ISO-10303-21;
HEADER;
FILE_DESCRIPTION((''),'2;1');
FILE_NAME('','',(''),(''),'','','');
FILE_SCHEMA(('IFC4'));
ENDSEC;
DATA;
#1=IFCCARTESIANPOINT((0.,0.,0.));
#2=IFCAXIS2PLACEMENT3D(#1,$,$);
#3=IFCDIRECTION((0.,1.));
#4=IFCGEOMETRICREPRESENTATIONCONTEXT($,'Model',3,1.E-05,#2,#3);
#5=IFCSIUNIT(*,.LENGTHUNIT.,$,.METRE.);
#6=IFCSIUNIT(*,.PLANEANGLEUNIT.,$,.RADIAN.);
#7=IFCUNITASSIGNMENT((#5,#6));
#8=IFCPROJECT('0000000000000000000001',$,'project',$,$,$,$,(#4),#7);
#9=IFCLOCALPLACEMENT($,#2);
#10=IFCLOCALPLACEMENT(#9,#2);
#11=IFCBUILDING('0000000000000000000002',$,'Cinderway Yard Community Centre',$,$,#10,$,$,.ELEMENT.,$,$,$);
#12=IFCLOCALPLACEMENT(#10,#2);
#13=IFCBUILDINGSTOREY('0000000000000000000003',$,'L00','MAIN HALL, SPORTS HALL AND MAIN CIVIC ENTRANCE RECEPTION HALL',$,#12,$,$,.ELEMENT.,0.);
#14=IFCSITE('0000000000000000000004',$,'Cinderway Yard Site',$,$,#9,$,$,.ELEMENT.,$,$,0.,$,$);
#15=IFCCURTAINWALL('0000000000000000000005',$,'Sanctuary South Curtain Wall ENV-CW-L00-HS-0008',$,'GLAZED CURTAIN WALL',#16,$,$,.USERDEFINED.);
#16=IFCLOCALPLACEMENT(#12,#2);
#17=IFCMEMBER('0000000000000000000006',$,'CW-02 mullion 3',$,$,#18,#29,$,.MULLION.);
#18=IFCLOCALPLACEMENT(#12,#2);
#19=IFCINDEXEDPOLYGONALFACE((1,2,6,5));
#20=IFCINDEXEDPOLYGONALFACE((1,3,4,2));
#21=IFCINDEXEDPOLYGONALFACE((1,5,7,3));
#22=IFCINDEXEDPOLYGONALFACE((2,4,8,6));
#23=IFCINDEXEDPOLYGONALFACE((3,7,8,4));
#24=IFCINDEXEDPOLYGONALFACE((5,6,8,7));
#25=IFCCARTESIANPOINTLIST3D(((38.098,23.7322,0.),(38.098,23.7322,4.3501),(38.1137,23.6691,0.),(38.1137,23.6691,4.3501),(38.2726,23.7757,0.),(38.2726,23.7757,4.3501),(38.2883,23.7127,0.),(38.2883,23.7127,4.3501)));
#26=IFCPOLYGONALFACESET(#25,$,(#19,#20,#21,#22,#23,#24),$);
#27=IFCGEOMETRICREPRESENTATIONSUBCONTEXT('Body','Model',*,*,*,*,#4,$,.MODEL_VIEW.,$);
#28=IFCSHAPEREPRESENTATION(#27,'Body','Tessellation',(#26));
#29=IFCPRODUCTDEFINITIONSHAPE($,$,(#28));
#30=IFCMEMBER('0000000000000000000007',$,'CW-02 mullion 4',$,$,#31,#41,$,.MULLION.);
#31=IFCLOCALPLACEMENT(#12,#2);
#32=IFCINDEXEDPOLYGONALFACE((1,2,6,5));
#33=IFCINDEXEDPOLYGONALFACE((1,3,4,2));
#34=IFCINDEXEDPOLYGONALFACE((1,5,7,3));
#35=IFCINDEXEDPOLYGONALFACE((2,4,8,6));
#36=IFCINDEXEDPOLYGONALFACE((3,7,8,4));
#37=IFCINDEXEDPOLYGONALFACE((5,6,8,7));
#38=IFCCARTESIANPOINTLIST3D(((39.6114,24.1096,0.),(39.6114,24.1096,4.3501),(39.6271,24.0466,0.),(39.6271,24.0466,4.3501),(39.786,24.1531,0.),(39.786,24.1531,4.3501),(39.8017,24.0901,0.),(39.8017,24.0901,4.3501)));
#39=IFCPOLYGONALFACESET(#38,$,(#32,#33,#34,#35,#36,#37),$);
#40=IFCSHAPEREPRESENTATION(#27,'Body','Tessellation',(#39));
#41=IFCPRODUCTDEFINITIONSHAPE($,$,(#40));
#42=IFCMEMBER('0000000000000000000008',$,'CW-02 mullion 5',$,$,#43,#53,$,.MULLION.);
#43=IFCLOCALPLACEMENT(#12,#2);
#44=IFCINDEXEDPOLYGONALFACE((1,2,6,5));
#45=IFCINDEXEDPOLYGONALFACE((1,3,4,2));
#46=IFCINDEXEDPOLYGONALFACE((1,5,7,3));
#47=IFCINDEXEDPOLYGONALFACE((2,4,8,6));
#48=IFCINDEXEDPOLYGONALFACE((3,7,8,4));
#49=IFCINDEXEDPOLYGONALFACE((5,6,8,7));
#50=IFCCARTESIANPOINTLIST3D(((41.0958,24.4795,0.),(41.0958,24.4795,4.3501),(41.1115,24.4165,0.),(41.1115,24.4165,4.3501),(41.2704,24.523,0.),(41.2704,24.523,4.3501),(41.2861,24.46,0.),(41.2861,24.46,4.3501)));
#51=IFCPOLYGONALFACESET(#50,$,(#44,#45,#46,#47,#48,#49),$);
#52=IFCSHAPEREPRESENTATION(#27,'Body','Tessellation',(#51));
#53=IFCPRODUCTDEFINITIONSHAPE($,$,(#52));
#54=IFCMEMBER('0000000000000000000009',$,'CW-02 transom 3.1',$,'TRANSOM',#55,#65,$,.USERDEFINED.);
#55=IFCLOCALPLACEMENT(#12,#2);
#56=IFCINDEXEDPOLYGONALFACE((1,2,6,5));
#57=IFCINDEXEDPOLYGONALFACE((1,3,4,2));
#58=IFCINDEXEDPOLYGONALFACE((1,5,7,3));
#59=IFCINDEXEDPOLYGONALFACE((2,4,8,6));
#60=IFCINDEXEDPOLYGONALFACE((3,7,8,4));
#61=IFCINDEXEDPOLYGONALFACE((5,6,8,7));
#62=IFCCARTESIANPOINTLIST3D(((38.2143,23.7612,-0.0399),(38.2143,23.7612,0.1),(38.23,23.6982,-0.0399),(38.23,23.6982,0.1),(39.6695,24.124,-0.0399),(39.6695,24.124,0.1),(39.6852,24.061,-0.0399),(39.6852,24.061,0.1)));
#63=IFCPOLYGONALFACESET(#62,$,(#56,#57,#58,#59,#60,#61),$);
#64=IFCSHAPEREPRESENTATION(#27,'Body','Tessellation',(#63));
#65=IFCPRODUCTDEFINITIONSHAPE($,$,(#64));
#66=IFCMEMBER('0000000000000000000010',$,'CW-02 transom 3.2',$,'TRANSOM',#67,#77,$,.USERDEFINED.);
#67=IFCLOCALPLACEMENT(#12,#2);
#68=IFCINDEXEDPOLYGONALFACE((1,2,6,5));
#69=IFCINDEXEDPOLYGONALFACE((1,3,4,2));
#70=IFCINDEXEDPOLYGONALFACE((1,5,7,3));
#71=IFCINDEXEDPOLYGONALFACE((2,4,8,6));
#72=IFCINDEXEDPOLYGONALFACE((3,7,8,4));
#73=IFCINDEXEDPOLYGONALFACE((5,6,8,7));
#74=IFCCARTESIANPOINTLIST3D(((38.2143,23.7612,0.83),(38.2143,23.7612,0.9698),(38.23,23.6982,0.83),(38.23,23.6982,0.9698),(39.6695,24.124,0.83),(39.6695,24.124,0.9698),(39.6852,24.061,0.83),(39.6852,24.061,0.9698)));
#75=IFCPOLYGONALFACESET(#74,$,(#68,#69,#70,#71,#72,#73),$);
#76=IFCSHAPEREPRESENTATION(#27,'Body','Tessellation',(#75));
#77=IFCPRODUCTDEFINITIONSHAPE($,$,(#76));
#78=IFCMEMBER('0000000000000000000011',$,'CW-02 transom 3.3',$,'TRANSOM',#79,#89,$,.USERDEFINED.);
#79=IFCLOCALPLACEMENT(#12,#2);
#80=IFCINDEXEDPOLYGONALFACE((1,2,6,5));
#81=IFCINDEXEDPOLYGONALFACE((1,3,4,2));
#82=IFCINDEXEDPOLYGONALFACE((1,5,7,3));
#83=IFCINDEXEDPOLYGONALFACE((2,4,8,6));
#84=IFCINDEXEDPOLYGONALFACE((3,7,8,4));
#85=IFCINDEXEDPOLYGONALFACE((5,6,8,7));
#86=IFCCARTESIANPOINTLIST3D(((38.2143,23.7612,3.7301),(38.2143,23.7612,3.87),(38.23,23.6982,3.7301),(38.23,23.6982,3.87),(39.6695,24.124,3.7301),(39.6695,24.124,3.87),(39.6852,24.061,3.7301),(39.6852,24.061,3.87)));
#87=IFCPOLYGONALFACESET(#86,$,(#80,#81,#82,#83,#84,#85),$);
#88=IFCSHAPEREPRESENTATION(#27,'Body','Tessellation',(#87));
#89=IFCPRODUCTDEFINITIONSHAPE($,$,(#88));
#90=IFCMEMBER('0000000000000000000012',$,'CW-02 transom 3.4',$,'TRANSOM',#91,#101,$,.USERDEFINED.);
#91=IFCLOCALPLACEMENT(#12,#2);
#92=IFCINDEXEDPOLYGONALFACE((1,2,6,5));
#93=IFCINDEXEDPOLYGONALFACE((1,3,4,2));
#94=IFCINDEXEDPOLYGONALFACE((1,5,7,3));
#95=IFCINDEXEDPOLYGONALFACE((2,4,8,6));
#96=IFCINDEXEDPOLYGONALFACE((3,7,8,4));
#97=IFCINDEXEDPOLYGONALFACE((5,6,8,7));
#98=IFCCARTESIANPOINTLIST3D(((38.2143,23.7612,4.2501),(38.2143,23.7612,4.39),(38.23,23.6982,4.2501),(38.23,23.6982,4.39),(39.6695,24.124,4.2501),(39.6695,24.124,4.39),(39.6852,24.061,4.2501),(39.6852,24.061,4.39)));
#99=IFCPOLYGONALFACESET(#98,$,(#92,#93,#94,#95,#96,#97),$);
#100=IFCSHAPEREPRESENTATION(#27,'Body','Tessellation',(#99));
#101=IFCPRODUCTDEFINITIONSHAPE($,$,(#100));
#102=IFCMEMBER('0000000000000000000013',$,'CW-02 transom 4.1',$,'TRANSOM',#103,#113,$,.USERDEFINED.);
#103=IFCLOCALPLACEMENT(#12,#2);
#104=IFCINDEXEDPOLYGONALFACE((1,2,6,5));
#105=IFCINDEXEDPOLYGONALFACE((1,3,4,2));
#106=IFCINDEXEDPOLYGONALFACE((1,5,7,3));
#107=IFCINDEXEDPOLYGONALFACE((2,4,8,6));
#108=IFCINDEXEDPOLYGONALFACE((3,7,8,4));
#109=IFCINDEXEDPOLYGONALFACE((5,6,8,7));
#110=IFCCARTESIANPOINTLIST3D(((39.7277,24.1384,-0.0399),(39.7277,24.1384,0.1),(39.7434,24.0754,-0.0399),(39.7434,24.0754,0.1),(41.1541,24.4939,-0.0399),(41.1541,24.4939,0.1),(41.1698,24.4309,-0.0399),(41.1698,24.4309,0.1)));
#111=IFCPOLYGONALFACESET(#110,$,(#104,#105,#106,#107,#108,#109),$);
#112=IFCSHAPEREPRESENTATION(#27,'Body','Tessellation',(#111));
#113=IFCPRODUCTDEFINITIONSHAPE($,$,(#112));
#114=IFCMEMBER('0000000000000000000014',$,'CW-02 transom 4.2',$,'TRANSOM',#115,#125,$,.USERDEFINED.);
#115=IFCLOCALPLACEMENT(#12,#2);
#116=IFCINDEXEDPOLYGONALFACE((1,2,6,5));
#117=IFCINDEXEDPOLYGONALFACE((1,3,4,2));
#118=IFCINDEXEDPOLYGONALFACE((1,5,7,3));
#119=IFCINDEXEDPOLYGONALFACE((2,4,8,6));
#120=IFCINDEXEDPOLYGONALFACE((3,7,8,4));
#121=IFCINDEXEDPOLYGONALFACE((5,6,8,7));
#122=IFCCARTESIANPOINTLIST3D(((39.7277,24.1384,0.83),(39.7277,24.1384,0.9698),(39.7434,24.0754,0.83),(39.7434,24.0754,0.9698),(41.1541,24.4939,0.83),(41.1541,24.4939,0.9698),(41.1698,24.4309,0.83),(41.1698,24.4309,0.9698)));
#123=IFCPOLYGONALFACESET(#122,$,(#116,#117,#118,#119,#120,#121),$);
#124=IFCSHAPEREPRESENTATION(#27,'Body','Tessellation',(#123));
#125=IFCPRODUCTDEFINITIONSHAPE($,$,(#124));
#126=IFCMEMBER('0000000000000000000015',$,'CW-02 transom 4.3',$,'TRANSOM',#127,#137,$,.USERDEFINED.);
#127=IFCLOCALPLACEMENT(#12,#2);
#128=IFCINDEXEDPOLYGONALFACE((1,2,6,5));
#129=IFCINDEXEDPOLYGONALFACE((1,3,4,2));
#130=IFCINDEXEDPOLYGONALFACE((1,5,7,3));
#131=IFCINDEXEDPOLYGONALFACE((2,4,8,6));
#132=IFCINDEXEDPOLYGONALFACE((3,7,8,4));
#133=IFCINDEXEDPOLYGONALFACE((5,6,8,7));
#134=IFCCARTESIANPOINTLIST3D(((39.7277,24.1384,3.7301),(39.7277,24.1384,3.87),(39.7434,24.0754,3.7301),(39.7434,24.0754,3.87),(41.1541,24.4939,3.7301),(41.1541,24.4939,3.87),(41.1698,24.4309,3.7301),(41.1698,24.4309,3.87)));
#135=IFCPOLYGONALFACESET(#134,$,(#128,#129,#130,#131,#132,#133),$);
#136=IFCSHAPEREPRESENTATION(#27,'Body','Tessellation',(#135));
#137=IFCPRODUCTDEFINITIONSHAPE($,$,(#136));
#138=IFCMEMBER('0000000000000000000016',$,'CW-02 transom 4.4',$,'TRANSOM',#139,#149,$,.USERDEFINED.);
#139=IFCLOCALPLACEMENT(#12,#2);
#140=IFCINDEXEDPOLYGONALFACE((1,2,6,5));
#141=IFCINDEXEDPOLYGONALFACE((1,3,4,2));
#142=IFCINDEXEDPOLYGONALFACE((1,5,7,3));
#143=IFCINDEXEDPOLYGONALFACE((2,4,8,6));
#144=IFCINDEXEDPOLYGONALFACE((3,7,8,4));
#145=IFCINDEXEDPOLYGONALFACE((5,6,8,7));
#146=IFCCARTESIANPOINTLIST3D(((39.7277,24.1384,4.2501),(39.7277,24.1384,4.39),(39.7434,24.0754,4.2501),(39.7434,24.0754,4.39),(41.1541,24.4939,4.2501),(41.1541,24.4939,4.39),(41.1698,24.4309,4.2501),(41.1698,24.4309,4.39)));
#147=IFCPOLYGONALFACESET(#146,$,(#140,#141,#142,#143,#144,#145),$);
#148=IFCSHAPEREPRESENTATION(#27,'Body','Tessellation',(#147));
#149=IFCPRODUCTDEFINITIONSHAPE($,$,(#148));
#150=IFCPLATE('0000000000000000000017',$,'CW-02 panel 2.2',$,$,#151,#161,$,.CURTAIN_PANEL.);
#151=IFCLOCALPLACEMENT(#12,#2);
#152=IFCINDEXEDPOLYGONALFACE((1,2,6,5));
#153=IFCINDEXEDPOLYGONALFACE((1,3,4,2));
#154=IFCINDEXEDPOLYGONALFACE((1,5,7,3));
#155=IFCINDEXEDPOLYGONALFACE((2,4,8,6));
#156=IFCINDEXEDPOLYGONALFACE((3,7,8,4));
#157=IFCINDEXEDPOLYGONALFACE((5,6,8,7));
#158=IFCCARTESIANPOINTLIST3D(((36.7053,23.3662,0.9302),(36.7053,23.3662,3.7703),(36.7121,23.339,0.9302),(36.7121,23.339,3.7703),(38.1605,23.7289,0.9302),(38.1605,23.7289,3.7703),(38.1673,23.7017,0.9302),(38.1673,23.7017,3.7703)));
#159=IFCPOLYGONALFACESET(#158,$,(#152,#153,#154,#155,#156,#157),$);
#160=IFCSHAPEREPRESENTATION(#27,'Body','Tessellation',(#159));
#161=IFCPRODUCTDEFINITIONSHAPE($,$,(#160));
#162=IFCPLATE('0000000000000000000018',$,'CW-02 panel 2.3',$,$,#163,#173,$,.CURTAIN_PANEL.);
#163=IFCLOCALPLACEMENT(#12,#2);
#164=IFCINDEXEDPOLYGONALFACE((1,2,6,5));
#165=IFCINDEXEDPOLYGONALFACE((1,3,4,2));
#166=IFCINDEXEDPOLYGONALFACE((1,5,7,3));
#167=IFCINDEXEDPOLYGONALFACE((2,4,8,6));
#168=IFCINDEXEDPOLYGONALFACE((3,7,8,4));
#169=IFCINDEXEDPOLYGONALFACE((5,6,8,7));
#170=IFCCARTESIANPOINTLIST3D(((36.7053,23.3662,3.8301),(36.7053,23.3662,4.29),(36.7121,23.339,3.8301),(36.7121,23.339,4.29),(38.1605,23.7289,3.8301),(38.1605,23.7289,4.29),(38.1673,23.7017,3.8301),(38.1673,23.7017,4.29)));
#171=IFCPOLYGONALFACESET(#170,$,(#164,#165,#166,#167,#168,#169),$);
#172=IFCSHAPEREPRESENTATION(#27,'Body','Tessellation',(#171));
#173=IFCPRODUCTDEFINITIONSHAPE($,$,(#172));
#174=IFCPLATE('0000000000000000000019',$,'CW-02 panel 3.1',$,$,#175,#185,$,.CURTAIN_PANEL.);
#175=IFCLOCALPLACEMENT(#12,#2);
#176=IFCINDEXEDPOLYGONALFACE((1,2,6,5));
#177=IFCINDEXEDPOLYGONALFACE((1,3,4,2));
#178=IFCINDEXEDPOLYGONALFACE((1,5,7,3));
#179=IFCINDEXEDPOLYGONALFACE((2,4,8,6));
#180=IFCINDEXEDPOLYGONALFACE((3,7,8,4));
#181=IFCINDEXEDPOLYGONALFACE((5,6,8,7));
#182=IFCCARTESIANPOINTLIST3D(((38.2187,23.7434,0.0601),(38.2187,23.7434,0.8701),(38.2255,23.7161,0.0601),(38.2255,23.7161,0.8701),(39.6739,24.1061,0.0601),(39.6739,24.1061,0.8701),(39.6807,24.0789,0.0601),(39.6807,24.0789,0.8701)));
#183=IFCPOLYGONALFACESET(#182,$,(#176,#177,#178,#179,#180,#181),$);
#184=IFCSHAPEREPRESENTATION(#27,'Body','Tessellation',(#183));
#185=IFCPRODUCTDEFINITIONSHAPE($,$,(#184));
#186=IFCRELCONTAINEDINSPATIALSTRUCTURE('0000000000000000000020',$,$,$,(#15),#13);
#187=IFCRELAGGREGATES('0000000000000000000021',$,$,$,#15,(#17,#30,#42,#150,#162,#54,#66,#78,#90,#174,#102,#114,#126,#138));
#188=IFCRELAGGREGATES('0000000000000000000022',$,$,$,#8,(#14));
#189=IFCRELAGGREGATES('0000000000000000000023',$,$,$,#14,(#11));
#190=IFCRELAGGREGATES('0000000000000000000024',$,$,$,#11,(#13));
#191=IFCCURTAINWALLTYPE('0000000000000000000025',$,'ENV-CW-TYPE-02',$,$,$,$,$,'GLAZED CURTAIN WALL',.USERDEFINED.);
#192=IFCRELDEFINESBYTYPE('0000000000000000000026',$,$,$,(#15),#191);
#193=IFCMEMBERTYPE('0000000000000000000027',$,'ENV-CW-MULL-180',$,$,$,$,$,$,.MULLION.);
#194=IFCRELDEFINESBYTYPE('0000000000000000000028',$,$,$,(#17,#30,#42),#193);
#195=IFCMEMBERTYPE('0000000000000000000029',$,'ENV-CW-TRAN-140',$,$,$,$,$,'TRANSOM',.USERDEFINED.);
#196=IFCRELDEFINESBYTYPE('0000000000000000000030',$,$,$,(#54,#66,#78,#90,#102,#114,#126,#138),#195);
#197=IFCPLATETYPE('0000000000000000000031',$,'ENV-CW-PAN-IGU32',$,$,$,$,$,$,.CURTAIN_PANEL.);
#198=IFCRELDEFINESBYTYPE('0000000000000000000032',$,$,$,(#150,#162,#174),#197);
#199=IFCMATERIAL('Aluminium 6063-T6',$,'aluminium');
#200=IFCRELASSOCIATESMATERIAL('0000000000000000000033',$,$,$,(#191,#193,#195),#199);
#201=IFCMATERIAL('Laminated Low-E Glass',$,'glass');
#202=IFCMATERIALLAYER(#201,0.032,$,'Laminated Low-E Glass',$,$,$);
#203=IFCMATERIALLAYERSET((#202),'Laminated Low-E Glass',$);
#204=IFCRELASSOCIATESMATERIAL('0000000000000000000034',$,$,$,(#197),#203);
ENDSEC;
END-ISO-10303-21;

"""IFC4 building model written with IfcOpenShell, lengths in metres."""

from ifc_helpers import new_model, si_unit, direction, frame, origin, origin_2d, place, context, subcontext, project, spatial, rectangle, extrude, material, layer, layer_set, material_profile, profile_set, type_object, element, aggregate, save


model = new_model("IFC4")

# Units and contexts
model_context = context("Model", 3, precision=1e-05, world=origin(), true_north=direction((0.0, 1.0)))
body_context = subcontext(model_context, "Body", "Model", "MODEL_VIEW")
ifc_project = project(units=[si_unit("LENGTHUNIT", "METRE"), si_unit("PLANEANGLEUNIT", "RADIAN")], contexts=[model_context])

# Site, building, storey
site_placement = place(None, origin())
site = spatial("IfcSite", under=ifc_project, at=site_placement, Name="Cinderway Yard Site", CompositionType="ELEMENT", RefElevation=0.0)
building_placement = place(site_placement, origin())
building = spatial("IfcBuilding", under=site, at=building_placement, Name="Cinderway Yard Community Centre", CompositionType="ELEMENT")
storey_placement = place(building_placement, origin())
storey = spatial("IfcBuildingStorey", under=building, at=storey_placement, Name="L00", Description="MAIN HALL, SPORTS HALL AND MAIN CIVIC ENTRANCE RECEPTION HALL", CompositionType="ELEMENT", Elevation=0.0)

# Curtain wall, members, plates
ifc_material_1 = material(Name="Aluminium 6063-T6", Category="aluminium")
curtain_wall_type = type_object("IfcCurtainWallType", Name="ENV-CW-TYPE-02", ElementType="GLAZED CURTAIN WALL", PredefinedType="USERDEFINED", material=ifc_material_1)
curtain_wall_placement = place(storey_placement, origin())
curtain_wall = element("IfcCurtainWall", 1, at=curtain_wall_placement, inside=storey, type_object=curtain_wall_type, Name="Sanctuary South Curtain Wall ENV-CW-L00-HS-0008", ObjectType="GLAZED CURTAIN WALL", PredefinedType="USERDEFINED")
ifc_material_profile_1 = material_profile(ifc_material_1, rectangle(XDim=0.0649, YDim=0.1799, at=origin_2d()), Name="Aluminium 6063-T6")
ifc_profile_set_1 = profile_set([ifc_material_profile_1], Name="Aluminium 6063-T6")
member_type_1 = type_object("IfcMemberType", Name="ENV-CW-MULL-180", PredefinedType="MULLION", material=ifc_profile_set_1)
member_1_placement = place(storey_placement, frame((38.1931, 23.7224, 0.0), z_axis=(0.0, 0.0, 1.0), x_axis=(-0.241857, 0.970312, 0.0)))
member_1 = element("IfcMember", 2, at=member_1_placement, type_object=member_type_1, Name="CW-02 mullion 3", PredefinedType="MULLION", context=body_context, shape_type="SweptSolid", body=[
    extrude(rectangle(XDim=0.0649, YDim=0.1799, at=origin_2d()), origin(), (0.0, 0.0, 1.0), 4.3501),
])
member_2_placement = place(storey_placement, frame((39.7065, 24.0999, 0.0), z_axis=(0.0, 0.0, 1.0), x_axis=(-0.241857, 0.970312, 0.0)))
member_2 = element("IfcMember", 3, at=member_2_placement, type_object=member_type_1, Name="CW-02 mullion 4", PredefinedType="MULLION", context=body_context, shape_type="SweptSolid", body=[
    extrude(rectangle(XDim=0.0649, YDim=0.1799, at=origin_2d()), origin(), (0.0, 0.0, 1.0), 4.3501),
])
member_3_placement = place(storey_placement, frame((41.1909, 24.4697, 0.0), z_axis=(0.0, 0.0, 1.0), x_axis=(-0.241857, 0.970312, 0.0)))
member_3 = element("IfcMember", 4, at=member_3_placement, type_object=member_type_1, Name="CW-02 mullion 5", PredefinedType="MULLION", context=body_context, shape_type="SweptSolid", body=[
    extrude(rectangle(XDim=0.0649, YDim=0.1799, at=origin_2d()), origin(), (0.0, 0.0, 1.0), 4.3501),
])
ifc_material_profile_2 = material_profile(ifc_material_1, rectangle(XDim=0.0649, YDim=0.1399, at=origin_2d()), Name="Aluminium 6063-T6")
ifc_profile_set_2 = profile_set([ifc_material_profile_2], Name="Aluminium 6063-T6")
member_type_2 = type_object("IfcMemberType", Name="ENV-CW-TRAN-140", ElementType="TRANSOM", PredefinedType="USERDEFINED", material=ifc_profile_set_2)
member_4_placement = place(storey_placement, frame((38.2222, 23.7297, 0.03), z_axis=(0.970305, 0.241884, 0.0), x_axis=(-0.241884, 0.970305, 0.0)))
member_4 = element("IfcMember", 5, at=member_4_placement, type_object=member_type_2, Name="CW-02 transom 3.1", ObjectType="TRANSOM", PredefinedType="USERDEFINED", context=body_context, shape_type="SweptSolid", body=[
    extrude(rectangle(XDim=0.0649, YDim=0.1399, at=origin_2d()), origin(), (0.0, 0.0, 1.0), 1.4998),
])
member_5_placement = place(storey_placement, frame((38.2222, 23.7297, 0.8999), z_axis=(0.970305, 0.241884, 0.0), x_axis=(-0.241884, 0.970305, 0.0)))
member_5 = element("IfcMember", 6, at=member_5_placement, type_object=member_type_2, Name="CW-02 transom 3.2", ObjectType="TRANSOM", PredefinedType="USERDEFINED", context=body_context, shape_type="SweptSolid", body=[
    extrude(rectangle(XDim=0.0649, YDim=0.1399, at=origin_2d()), origin(), (0.0, 0.0, 1.0), 1.4998),
])
member_6_placement = place(storey_placement, frame((38.2222, 23.7297, 3.8), z_axis=(0.970305, 0.241884, 0.0), x_axis=(-0.241884, 0.970305, 0.0)))
member_6 = element("IfcMember", 7, at=member_6_placement, type_object=member_type_2, Name="CW-02 transom 3.3", ObjectType="TRANSOM", PredefinedType="USERDEFINED", context=body_context, shape_type="SweptSolid", body=[
    extrude(rectangle(XDim=0.0649, YDim=0.1399, at=origin_2d()), origin(), (0.0, 0.0, 1.0), 1.4998),
])
member_7_placement = place(storey_placement, frame((38.2222, 23.7297, 4.3201), z_axis=(0.970305, 0.241884, 0.0), x_axis=(-0.241884, 0.970305, 0.0)))
member_7 = element("IfcMember", 8, at=member_7_placement, type_object=member_type_2, Name="CW-02 transom 3.4", ObjectType="TRANSOM", PredefinedType="USERDEFINED", context=body_context, shape_type="SweptSolid", body=[
    extrude(rectangle(XDim=0.0649, YDim=0.1399, at=origin_2d()), origin(), (0.0, 0.0, 1.0), 1.4998),
])
member_8_placement = place(storey_placement, frame((39.7356, 24.1069, 0.03), z_axis=(0.970318, 0.241832, 0.0), x_axis=(-0.241832, 0.970318, 0.0)))
member_8 = element("IfcMember", 9, at=member_8_placement, type_object=member_type_2, Name="CW-02 transom 4.1", ObjectType="TRANSOM", PredefinedType="USERDEFINED", context=body_context, shape_type="SweptSolid", body=[
    extrude(rectangle(XDim=0.0649, YDim=0.1399, at=origin_2d()), origin(), (0.0, 0.0, 1.0), 1.47),
])
member_9_placement = place(storey_placement, frame((39.7356, 24.1069, 0.8999), z_axis=(0.970318, 0.241832, 0.0), x_axis=(-0.241832, 0.970318, 0.0)))
member_9 = element("IfcMember", 10, at=member_9_placement, type_object=member_type_2, Name="CW-02 transom 4.2", ObjectType="TRANSOM", PredefinedType="USERDEFINED", context=body_context, shape_type="SweptSolid", body=[
    extrude(rectangle(XDim=0.0649, YDim=0.1399, at=origin_2d()), origin(), (0.0, 0.0, 1.0), 1.47),
])
member_10_placement = place(storey_placement, frame((39.7356, 24.1069, 3.8), z_axis=(0.970318, 0.241832, 0.0), x_axis=(-0.241832, 0.970318, 0.0)))
member_10 = element("IfcMember", 11, at=member_10_placement, type_object=member_type_2, Name="CW-02 transom 4.3", ObjectType="TRANSOM", PredefinedType="USERDEFINED", context=body_context, shape_type="SweptSolid", body=[
    extrude(rectangle(XDim=0.0649, YDim=0.1399, at=origin_2d()), origin(), (0.0, 0.0, 1.0), 1.47),
])
member_11_placement = place(storey_placement, frame((39.7356, 24.1069, 4.3201), z_axis=(0.970318, 0.241832, 0.0), x_axis=(-0.241832, 0.970318, 0.0)))
member_11 = element("IfcMember", 12, at=member_11_placement, type_object=member_type_2, Name="CW-02 transom 4.4", ObjectType="TRANSOM", PredefinedType="USERDEFINED", context=body_context, shape_type="SweptSolid", body=[
    extrude(rectangle(XDim=0.0649, YDim=0.1399, at=origin_2d()), origin(), (0.0, 0.0, 1.0), 1.47),
])
ifc_material_2 = material(Name="Laminated Low-E Glass", Category="glass")
ifc_layer_1 = layer(ifc_material_2, 0.032, Name="Laminated Low-E Glass")
ifc_layer_set_1 = layer_set([ifc_layer_1], Name="Laminated Low-E Glass")
plate_type = type_object("IfcPlateType", Name="ENV-CW-PAN-IGU32", PredefinedType="CURTAIN_PANEL", material=ifc_layer_set_1)
plate_1_placement = place(storey_placement, frame((37.4363, 23.5339, 0.9302), z_axis=(0.0, 0.0, 1.0), x_axis=(0.970312, 0.241857, 0.0)))
plate_1 = element("IfcPlate", 13, at=plate_1_placement, type_object=plate_type, Name="CW-02 panel 2.2", PredefinedType="CURTAIN_PANEL", context=body_context, shape_type="SweptSolid", body=[
    extrude(rectangle(XDim=1.4998, YDim=0.0281, at=origin_2d()), origin(), (0.0, 0.0, 1.0), 2.8401),
])
plate_2_placement = place(storey_placement, frame((37.4363, 23.5339, 3.8301), z_axis=(0.0, 0.0, 1.0), x_axis=(0.970312, 0.241857, 0.0)))
plate_2 = element("IfcPlate", 14, at=plate_2_placement, type_object=plate_type, Name="CW-02 panel 2.3", PredefinedType="CURTAIN_PANEL", context=body_context, shape_type="SweptSolid", body=[
    extrude(rectangle(XDim=1.4998, YDim=0.0281, at=origin_2d()), origin(), (0.0, 0.0, 1.0), 0.46),
])
plate_3_placement = place(storey_placement, frame((38.9497, 23.9111, 0.0601), z_axis=(0.0, 0.0, 1.0), x_axis=(0.970312, 0.241857, 0.0)))
plate_3 = element("IfcPlate", 15, at=plate_3_placement, type_object=plate_type, Name="CW-02 panel 3.1", PredefinedType="CURTAIN_PANEL", context=body_context, shape_type="SweptSolid", body=[
    extrude(rectangle(XDim=1.4998, YDim=0.0281, at=origin_2d()), origin(), (0.0, 0.0, 1.0), 0.8101),
])
aggregate(curtain_wall, [member_1, member_2, member_3, plate_1, plate_2, member_4, member_5, member_6, member_7, plate_3, member_8, member_9, member_10, member_11])

save(model, "model.ifc")
